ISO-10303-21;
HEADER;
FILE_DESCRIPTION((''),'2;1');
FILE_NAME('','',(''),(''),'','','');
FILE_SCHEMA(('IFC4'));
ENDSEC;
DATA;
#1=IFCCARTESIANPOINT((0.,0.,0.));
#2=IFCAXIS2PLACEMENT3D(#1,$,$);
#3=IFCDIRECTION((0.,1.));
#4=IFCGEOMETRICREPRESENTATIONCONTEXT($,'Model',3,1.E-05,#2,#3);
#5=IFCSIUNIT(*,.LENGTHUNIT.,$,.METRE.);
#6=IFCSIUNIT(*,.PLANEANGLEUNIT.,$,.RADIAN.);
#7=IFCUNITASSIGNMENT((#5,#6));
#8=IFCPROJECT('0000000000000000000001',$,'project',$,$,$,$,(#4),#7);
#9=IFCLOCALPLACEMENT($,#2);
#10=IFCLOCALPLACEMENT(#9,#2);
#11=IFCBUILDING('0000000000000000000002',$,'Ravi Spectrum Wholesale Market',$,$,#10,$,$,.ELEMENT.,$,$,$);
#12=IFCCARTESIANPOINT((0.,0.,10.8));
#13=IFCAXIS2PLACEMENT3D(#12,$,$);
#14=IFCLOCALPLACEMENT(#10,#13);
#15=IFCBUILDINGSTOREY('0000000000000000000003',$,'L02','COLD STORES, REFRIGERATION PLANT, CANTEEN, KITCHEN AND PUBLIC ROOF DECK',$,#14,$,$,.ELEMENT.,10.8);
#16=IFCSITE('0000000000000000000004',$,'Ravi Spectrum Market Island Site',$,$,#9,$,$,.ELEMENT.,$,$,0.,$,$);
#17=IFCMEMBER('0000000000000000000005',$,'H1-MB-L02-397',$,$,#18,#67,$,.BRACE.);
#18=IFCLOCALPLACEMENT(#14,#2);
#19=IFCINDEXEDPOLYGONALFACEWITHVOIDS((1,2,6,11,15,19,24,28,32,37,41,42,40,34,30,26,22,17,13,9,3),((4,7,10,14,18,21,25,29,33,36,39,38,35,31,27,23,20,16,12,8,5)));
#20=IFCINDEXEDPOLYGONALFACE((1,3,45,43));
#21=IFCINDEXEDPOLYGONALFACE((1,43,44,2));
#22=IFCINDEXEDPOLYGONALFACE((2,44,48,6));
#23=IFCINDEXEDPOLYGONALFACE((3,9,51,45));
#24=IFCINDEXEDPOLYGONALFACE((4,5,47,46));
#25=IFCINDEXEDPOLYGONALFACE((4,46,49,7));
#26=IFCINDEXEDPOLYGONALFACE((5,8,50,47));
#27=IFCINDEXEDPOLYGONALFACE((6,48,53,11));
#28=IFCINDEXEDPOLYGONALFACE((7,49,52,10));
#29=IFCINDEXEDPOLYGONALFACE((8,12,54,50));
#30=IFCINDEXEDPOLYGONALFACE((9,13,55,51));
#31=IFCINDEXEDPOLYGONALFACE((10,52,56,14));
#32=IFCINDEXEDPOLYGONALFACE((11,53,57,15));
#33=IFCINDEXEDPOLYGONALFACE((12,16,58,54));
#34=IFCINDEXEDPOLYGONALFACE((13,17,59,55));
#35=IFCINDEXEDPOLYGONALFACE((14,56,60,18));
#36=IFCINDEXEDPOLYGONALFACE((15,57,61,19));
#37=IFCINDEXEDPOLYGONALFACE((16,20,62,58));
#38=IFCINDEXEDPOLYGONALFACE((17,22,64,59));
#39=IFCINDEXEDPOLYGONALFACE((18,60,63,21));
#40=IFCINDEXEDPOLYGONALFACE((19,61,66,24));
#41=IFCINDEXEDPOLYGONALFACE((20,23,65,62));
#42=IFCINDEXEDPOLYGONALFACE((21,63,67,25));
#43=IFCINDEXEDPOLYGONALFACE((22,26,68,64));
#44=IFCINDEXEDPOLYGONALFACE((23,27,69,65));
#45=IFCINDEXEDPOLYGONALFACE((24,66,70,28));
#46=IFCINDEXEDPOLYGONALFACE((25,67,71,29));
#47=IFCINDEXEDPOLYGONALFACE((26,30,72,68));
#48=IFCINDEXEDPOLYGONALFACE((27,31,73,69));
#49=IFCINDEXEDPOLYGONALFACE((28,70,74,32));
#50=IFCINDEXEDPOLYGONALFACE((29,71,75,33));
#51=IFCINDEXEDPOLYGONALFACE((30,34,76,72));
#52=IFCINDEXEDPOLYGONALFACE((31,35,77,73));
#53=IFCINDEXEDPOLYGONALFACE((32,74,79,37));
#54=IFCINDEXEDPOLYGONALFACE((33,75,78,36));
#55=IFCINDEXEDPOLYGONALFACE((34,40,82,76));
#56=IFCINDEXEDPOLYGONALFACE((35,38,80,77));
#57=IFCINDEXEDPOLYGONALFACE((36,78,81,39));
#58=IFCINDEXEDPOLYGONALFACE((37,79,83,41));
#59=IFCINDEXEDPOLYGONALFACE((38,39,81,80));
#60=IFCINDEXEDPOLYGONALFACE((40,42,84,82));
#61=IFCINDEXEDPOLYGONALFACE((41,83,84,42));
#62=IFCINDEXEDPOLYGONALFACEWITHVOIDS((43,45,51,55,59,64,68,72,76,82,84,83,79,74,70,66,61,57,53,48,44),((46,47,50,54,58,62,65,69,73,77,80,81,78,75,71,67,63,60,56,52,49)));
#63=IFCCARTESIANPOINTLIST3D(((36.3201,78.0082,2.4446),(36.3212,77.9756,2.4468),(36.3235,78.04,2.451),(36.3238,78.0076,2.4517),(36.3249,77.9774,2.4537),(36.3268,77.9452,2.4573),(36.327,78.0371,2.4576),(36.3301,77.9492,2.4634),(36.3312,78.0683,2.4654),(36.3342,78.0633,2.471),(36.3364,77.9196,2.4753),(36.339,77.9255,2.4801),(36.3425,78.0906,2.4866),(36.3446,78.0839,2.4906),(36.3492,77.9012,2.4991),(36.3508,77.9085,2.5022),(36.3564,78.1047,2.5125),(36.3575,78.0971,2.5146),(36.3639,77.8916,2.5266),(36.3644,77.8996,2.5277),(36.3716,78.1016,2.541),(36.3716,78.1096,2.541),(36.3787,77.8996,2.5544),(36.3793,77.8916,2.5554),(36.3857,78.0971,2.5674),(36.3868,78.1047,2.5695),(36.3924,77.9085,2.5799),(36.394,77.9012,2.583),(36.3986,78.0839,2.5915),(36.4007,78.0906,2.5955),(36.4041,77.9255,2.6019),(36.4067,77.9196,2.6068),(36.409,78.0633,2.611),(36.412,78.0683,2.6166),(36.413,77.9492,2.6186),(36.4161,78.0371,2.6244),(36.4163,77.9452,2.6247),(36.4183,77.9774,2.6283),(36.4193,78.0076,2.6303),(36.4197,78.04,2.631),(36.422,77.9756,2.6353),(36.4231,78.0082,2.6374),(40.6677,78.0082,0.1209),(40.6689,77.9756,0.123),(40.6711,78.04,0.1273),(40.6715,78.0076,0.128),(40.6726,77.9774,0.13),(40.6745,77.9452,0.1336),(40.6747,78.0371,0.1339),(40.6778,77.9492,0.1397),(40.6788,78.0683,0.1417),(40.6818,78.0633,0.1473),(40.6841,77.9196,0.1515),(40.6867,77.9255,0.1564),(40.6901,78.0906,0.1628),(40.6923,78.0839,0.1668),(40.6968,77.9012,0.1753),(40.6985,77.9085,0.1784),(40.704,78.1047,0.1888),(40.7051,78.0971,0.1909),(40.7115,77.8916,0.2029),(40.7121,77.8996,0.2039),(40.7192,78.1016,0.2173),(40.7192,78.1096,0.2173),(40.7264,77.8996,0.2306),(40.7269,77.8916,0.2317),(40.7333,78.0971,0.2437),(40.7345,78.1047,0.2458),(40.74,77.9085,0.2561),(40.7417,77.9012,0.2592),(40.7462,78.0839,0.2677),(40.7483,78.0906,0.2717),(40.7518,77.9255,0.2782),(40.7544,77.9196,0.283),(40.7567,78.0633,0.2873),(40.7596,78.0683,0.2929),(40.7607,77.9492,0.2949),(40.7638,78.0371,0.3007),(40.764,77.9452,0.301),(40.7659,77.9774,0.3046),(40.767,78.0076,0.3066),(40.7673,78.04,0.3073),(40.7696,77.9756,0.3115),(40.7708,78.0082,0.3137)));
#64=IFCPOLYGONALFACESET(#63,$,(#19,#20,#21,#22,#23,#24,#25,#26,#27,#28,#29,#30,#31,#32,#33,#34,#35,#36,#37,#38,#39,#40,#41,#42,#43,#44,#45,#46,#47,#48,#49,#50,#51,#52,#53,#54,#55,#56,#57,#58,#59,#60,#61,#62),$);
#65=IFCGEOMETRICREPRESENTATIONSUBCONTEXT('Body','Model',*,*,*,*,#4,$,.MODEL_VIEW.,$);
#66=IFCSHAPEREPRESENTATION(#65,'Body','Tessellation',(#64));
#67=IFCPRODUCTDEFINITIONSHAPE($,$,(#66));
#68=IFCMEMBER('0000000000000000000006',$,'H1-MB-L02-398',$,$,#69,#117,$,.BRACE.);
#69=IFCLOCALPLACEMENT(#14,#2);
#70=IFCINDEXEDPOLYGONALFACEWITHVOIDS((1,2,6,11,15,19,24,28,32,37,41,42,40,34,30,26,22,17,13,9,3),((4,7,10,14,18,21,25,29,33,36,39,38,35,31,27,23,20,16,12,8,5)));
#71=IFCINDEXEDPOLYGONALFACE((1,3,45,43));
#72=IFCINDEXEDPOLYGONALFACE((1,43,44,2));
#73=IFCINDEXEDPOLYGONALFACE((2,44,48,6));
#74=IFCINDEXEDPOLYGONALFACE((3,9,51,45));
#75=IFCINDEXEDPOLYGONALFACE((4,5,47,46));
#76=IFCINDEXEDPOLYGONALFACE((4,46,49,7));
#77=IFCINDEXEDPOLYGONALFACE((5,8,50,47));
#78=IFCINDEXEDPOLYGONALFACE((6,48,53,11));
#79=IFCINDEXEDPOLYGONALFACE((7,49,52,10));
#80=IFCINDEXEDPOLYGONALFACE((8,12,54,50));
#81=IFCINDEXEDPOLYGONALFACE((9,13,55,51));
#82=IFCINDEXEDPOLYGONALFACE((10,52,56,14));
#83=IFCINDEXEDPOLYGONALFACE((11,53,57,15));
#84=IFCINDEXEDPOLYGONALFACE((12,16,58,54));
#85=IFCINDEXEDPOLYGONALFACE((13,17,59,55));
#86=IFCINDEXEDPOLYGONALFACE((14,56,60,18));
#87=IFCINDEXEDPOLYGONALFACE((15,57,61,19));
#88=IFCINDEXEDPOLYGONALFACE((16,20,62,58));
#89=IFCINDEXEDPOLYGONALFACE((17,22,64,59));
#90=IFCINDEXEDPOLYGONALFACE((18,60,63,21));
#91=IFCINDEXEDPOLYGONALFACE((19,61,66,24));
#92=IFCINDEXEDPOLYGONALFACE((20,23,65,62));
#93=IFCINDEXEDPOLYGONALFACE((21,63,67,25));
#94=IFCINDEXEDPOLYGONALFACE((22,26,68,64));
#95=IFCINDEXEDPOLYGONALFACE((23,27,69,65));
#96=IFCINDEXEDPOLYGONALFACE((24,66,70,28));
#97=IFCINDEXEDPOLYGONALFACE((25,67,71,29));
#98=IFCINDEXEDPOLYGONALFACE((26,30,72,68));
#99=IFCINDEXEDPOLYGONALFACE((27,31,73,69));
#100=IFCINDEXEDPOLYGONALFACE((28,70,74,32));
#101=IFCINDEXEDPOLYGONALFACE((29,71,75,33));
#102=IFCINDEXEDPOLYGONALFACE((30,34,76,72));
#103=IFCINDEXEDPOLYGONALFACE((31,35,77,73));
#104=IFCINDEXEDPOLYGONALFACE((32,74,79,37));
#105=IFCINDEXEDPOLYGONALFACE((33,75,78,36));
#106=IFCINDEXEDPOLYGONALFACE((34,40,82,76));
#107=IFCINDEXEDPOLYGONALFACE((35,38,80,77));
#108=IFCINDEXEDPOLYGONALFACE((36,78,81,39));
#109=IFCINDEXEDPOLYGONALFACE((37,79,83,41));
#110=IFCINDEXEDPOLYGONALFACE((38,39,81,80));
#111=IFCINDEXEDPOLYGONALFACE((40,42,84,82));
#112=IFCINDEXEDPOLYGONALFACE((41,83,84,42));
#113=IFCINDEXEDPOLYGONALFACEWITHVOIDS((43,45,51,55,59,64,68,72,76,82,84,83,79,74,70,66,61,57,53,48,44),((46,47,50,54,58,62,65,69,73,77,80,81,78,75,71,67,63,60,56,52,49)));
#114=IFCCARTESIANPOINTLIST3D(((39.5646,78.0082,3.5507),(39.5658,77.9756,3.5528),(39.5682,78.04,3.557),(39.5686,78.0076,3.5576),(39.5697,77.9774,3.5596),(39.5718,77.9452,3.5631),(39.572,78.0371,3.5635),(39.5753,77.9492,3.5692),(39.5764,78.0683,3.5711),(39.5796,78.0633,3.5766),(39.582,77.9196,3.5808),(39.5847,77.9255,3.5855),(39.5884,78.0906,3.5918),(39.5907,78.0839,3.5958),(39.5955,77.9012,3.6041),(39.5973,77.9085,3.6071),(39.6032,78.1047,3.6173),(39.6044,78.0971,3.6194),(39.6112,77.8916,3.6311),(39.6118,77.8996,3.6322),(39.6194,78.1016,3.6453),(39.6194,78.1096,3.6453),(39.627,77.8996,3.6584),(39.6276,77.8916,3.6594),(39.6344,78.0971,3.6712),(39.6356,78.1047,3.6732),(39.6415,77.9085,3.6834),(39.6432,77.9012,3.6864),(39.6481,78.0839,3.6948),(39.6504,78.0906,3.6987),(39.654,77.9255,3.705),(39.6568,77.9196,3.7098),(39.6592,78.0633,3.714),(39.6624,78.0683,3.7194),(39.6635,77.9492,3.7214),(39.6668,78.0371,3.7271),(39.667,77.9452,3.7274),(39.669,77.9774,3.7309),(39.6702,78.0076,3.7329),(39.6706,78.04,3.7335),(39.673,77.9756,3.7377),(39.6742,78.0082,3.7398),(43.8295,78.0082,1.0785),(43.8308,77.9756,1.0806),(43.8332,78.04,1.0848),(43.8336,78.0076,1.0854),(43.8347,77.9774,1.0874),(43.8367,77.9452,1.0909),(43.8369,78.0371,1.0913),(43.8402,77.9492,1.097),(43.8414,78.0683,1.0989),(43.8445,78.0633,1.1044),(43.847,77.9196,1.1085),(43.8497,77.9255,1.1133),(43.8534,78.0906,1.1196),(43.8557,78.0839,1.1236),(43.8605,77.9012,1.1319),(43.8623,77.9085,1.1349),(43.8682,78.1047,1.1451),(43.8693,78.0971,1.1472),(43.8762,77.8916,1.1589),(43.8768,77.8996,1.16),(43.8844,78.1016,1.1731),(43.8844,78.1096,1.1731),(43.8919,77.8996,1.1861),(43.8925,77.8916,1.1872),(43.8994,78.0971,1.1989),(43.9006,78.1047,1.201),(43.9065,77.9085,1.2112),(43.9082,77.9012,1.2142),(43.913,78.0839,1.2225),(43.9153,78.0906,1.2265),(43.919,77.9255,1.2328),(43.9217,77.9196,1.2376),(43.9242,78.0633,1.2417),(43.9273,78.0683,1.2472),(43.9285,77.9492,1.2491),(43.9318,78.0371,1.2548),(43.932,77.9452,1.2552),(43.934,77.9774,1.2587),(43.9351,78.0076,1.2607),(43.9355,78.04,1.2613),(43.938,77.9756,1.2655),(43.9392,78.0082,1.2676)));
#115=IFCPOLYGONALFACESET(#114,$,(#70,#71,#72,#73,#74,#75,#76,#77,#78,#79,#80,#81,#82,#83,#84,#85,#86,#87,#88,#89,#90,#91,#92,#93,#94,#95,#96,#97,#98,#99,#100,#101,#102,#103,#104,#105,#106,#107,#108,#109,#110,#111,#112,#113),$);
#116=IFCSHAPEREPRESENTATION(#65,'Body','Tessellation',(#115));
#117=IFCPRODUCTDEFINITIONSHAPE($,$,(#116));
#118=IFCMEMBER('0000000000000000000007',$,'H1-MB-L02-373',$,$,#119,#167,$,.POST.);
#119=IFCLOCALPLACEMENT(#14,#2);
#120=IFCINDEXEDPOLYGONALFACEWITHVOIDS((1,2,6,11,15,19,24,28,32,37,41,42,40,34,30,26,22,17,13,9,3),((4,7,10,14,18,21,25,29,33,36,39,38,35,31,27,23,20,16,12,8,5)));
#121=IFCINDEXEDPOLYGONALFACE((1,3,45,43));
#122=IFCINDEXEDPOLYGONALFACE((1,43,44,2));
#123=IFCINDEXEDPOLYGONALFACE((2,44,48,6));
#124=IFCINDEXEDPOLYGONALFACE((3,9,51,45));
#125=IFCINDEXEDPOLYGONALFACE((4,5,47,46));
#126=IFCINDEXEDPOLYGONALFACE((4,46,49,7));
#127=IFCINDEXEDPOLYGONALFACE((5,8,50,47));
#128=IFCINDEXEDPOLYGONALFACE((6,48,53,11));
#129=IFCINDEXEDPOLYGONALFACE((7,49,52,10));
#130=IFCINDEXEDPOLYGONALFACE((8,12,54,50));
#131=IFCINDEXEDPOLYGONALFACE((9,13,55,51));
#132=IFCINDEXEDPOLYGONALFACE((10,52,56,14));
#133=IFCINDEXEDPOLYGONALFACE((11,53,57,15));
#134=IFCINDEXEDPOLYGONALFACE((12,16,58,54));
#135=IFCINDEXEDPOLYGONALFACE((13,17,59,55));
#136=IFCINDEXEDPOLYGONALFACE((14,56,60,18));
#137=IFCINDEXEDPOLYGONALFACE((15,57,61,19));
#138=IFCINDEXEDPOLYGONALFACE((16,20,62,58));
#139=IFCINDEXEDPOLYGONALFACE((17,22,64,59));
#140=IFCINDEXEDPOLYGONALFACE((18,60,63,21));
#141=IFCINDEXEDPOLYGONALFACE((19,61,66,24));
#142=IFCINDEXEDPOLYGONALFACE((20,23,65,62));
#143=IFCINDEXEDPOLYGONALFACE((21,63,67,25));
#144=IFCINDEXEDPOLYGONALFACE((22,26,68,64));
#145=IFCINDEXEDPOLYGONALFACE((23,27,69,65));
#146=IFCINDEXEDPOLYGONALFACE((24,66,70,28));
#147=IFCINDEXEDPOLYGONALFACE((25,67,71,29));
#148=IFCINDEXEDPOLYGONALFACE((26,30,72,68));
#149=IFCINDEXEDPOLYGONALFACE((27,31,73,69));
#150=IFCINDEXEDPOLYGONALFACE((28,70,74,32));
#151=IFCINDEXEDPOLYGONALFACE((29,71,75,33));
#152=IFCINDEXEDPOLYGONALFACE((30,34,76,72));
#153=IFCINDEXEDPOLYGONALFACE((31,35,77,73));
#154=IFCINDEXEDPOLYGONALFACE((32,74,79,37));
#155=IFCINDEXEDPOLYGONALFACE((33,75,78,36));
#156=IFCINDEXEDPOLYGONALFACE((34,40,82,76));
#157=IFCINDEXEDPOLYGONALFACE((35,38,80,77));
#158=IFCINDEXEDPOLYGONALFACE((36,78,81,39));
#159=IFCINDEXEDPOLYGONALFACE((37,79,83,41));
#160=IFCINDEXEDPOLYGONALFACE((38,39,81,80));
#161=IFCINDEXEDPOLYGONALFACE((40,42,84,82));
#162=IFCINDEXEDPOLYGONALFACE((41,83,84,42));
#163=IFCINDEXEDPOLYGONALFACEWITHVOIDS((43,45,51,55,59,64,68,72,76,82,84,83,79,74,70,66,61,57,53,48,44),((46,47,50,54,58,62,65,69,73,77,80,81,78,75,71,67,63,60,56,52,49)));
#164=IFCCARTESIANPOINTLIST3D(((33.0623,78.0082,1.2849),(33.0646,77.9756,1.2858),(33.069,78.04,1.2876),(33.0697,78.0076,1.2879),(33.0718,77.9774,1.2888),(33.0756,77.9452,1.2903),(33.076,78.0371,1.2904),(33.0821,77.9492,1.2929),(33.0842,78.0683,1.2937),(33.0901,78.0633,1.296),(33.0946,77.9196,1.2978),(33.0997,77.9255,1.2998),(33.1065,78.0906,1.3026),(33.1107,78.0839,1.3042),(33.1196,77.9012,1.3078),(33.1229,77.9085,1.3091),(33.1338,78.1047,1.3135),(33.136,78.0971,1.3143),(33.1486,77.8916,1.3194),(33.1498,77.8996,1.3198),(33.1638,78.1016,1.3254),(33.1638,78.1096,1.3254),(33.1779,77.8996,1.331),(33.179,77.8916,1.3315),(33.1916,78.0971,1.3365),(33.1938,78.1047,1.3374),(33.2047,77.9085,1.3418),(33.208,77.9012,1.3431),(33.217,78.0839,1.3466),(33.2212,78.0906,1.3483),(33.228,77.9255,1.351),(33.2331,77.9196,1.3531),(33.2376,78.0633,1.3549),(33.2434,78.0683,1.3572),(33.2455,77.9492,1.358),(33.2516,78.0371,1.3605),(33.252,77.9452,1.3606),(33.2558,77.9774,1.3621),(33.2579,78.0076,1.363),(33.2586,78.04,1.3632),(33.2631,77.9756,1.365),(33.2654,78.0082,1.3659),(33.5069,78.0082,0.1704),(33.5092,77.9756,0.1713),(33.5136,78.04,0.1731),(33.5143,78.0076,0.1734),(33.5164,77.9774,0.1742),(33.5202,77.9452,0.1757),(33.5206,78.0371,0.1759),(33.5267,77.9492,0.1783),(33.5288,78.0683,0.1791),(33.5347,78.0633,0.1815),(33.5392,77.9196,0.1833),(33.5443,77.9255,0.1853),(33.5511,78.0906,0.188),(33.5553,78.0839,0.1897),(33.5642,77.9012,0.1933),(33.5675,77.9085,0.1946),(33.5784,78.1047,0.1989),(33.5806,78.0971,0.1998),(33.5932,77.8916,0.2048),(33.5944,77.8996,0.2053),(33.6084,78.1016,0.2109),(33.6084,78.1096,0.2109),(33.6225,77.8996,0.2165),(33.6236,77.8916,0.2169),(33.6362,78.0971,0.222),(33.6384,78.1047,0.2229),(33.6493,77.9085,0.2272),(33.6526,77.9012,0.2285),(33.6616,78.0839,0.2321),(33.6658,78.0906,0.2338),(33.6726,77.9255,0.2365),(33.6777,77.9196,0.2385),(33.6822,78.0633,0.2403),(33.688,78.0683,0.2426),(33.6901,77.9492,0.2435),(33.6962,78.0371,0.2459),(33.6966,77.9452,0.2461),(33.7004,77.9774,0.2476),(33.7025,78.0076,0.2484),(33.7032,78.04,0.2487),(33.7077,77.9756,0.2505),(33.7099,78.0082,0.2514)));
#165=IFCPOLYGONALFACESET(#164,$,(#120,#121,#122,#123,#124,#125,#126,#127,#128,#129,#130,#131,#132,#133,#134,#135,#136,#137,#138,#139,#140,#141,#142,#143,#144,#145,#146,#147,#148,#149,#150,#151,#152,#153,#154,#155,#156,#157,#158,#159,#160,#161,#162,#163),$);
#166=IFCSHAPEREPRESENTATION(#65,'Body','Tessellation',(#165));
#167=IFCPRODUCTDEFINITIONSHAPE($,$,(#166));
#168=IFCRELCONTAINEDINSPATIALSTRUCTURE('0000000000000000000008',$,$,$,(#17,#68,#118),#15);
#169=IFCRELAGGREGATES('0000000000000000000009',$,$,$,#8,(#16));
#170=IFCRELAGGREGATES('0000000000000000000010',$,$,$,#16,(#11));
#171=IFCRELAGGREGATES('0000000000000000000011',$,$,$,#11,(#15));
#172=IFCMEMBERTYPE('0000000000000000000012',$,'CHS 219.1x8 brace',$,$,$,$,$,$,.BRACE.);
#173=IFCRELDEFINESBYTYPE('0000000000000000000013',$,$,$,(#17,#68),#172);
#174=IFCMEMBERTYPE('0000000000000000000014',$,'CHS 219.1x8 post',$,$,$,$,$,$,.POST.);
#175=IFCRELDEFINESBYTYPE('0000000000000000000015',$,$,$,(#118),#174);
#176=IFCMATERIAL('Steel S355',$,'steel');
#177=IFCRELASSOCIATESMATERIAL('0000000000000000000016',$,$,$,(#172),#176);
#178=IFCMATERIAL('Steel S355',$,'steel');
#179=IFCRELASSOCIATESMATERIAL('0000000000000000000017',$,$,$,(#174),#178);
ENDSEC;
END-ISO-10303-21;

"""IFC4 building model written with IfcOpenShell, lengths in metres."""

from ifc_helpers import new_model, si_unit, direction, frame, origin, origin_2d, place, context, subcontext, project, spatial, hollow_circle, extrude, material, material_profile, profile_set, type_object, element, save


model = new_model("IFC4")

# Units and contexts
model_context = context("Model", 3, precision=1e-05, world=origin(), true_north=direction((0.0, 1.0)))
body_context = subcontext(model_context, "Body", "Model", "MODEL_VIEW")
ifc_project = project(units=[si_unit("LENGTHUNIT", "METRE"), si_unit("PLANEANGLEUNIT", "RADIAN")], contexts=[model_context])

# Site, building, storey
site_placement = place(None, origin())
site = spatial("IfcSite", under=ifc_project, at=site_placement, Name="Ravi Spectrum Market Island Site", CompositionType="ELEMENT", RefElevation=0.0)
building_placement = place(site_placement, origin())
building = spatial("IfcBuilding", under=site, at=building_placement, Name="Ravi Spectrum Wholesale Market", CompositionType="ELEMENT")
storey_placement = place(building_placement, frame((0.0, 0.0, 10.8)))
storey = spatial("IfcBuildingStorey", under=building, at=storey_placement, Name="L02", Description="COLD STORES, REFRIGERATION PLANT, CANTEEN, KITCHEN AND PUBLIC ROOF DECK", CompositionType="ELEMENT", Elevation=10.8)

# Members
ifc_material_1 = material(Name="Steel S355", Category="steel")
ifc_material_profile_1 = material_profile(ifc_material_1, hollow_circle(Radius=0.1096, WallThickness=0.0081, at=origin_2d()))
ifc_profile_set_1 = profile_set([ifc_material_profile_1], Name="Steel S355")
member_type_1 = type_object("IfcMemberType", Name="CHS 219.1x8 brace", PredefinedType="BRACE", material=ifc_profile_set_1)
for number, where, z_axis, x_axis, name in (
    (1, (36.3716, 78.0, 2.541), (0.881933, 0.0, -0.471375), (0.0, 1.0, 0.0), "H1-MB-L02-397"),
    (2, (39.6194, 78.0, 3.6453), (0.865161, 0.0, -0.501495), (0.0, 1.0, 0.0), "H1-MB-L02-398"),
):
    element("IfcMember", number, at=place(storey_placement, frame(where, z_axis=z_axis, x_axis=x_axis)), inside=storey, type_object=member_type_1, Name=name, PredefinedType="BRACE", context=body_context, shape_type="SweptSolid", body=[
        extrude(hollow_circle(Radius=0.1096, WallThickness=0.0081, at=origin_2d()), origin(), (0.0, 0.0, 1.0), 4.9297),
    ])
ifc_material_2 = material(Name="Steel S355", Category="steel")
ifc_material_profile_2 = material_profile(ifc_material_2, hollow_circle(Radius=0.1096, WallThickness=0.0081, at=origin_2d()))
ifc_profile_set_2 = profile_set([ifc_material_profile_2], Name="Steel S355")
member_type_2 = type_object("IfcMemberType", Name="CHS 219.1x8 post", PredefinedType="POST", material=ifc_profile_set_2)
member_1_placement = place(storey_placement, frame((33.1638, 78.0, 1.3254), z_axis=(0.370513, 0.0, -0.928827), x_axis=(0.0, 1.0, 0.0)))
element("IfcMember", 3, at=member_1_placement, inside=storey, type_object=member_type_2, Name="H1-MB-L02-373", PredefinedType="POST", context=body_context, shape_type="SweptSolid", body=[
    extrude(hollow_circle(Radius=0.1096, WallThickness=0.0081, at=origin_2d()), origin(), (0.0, 0.0, 1.0), 1.2),
])

save(model, "model.ifc")
